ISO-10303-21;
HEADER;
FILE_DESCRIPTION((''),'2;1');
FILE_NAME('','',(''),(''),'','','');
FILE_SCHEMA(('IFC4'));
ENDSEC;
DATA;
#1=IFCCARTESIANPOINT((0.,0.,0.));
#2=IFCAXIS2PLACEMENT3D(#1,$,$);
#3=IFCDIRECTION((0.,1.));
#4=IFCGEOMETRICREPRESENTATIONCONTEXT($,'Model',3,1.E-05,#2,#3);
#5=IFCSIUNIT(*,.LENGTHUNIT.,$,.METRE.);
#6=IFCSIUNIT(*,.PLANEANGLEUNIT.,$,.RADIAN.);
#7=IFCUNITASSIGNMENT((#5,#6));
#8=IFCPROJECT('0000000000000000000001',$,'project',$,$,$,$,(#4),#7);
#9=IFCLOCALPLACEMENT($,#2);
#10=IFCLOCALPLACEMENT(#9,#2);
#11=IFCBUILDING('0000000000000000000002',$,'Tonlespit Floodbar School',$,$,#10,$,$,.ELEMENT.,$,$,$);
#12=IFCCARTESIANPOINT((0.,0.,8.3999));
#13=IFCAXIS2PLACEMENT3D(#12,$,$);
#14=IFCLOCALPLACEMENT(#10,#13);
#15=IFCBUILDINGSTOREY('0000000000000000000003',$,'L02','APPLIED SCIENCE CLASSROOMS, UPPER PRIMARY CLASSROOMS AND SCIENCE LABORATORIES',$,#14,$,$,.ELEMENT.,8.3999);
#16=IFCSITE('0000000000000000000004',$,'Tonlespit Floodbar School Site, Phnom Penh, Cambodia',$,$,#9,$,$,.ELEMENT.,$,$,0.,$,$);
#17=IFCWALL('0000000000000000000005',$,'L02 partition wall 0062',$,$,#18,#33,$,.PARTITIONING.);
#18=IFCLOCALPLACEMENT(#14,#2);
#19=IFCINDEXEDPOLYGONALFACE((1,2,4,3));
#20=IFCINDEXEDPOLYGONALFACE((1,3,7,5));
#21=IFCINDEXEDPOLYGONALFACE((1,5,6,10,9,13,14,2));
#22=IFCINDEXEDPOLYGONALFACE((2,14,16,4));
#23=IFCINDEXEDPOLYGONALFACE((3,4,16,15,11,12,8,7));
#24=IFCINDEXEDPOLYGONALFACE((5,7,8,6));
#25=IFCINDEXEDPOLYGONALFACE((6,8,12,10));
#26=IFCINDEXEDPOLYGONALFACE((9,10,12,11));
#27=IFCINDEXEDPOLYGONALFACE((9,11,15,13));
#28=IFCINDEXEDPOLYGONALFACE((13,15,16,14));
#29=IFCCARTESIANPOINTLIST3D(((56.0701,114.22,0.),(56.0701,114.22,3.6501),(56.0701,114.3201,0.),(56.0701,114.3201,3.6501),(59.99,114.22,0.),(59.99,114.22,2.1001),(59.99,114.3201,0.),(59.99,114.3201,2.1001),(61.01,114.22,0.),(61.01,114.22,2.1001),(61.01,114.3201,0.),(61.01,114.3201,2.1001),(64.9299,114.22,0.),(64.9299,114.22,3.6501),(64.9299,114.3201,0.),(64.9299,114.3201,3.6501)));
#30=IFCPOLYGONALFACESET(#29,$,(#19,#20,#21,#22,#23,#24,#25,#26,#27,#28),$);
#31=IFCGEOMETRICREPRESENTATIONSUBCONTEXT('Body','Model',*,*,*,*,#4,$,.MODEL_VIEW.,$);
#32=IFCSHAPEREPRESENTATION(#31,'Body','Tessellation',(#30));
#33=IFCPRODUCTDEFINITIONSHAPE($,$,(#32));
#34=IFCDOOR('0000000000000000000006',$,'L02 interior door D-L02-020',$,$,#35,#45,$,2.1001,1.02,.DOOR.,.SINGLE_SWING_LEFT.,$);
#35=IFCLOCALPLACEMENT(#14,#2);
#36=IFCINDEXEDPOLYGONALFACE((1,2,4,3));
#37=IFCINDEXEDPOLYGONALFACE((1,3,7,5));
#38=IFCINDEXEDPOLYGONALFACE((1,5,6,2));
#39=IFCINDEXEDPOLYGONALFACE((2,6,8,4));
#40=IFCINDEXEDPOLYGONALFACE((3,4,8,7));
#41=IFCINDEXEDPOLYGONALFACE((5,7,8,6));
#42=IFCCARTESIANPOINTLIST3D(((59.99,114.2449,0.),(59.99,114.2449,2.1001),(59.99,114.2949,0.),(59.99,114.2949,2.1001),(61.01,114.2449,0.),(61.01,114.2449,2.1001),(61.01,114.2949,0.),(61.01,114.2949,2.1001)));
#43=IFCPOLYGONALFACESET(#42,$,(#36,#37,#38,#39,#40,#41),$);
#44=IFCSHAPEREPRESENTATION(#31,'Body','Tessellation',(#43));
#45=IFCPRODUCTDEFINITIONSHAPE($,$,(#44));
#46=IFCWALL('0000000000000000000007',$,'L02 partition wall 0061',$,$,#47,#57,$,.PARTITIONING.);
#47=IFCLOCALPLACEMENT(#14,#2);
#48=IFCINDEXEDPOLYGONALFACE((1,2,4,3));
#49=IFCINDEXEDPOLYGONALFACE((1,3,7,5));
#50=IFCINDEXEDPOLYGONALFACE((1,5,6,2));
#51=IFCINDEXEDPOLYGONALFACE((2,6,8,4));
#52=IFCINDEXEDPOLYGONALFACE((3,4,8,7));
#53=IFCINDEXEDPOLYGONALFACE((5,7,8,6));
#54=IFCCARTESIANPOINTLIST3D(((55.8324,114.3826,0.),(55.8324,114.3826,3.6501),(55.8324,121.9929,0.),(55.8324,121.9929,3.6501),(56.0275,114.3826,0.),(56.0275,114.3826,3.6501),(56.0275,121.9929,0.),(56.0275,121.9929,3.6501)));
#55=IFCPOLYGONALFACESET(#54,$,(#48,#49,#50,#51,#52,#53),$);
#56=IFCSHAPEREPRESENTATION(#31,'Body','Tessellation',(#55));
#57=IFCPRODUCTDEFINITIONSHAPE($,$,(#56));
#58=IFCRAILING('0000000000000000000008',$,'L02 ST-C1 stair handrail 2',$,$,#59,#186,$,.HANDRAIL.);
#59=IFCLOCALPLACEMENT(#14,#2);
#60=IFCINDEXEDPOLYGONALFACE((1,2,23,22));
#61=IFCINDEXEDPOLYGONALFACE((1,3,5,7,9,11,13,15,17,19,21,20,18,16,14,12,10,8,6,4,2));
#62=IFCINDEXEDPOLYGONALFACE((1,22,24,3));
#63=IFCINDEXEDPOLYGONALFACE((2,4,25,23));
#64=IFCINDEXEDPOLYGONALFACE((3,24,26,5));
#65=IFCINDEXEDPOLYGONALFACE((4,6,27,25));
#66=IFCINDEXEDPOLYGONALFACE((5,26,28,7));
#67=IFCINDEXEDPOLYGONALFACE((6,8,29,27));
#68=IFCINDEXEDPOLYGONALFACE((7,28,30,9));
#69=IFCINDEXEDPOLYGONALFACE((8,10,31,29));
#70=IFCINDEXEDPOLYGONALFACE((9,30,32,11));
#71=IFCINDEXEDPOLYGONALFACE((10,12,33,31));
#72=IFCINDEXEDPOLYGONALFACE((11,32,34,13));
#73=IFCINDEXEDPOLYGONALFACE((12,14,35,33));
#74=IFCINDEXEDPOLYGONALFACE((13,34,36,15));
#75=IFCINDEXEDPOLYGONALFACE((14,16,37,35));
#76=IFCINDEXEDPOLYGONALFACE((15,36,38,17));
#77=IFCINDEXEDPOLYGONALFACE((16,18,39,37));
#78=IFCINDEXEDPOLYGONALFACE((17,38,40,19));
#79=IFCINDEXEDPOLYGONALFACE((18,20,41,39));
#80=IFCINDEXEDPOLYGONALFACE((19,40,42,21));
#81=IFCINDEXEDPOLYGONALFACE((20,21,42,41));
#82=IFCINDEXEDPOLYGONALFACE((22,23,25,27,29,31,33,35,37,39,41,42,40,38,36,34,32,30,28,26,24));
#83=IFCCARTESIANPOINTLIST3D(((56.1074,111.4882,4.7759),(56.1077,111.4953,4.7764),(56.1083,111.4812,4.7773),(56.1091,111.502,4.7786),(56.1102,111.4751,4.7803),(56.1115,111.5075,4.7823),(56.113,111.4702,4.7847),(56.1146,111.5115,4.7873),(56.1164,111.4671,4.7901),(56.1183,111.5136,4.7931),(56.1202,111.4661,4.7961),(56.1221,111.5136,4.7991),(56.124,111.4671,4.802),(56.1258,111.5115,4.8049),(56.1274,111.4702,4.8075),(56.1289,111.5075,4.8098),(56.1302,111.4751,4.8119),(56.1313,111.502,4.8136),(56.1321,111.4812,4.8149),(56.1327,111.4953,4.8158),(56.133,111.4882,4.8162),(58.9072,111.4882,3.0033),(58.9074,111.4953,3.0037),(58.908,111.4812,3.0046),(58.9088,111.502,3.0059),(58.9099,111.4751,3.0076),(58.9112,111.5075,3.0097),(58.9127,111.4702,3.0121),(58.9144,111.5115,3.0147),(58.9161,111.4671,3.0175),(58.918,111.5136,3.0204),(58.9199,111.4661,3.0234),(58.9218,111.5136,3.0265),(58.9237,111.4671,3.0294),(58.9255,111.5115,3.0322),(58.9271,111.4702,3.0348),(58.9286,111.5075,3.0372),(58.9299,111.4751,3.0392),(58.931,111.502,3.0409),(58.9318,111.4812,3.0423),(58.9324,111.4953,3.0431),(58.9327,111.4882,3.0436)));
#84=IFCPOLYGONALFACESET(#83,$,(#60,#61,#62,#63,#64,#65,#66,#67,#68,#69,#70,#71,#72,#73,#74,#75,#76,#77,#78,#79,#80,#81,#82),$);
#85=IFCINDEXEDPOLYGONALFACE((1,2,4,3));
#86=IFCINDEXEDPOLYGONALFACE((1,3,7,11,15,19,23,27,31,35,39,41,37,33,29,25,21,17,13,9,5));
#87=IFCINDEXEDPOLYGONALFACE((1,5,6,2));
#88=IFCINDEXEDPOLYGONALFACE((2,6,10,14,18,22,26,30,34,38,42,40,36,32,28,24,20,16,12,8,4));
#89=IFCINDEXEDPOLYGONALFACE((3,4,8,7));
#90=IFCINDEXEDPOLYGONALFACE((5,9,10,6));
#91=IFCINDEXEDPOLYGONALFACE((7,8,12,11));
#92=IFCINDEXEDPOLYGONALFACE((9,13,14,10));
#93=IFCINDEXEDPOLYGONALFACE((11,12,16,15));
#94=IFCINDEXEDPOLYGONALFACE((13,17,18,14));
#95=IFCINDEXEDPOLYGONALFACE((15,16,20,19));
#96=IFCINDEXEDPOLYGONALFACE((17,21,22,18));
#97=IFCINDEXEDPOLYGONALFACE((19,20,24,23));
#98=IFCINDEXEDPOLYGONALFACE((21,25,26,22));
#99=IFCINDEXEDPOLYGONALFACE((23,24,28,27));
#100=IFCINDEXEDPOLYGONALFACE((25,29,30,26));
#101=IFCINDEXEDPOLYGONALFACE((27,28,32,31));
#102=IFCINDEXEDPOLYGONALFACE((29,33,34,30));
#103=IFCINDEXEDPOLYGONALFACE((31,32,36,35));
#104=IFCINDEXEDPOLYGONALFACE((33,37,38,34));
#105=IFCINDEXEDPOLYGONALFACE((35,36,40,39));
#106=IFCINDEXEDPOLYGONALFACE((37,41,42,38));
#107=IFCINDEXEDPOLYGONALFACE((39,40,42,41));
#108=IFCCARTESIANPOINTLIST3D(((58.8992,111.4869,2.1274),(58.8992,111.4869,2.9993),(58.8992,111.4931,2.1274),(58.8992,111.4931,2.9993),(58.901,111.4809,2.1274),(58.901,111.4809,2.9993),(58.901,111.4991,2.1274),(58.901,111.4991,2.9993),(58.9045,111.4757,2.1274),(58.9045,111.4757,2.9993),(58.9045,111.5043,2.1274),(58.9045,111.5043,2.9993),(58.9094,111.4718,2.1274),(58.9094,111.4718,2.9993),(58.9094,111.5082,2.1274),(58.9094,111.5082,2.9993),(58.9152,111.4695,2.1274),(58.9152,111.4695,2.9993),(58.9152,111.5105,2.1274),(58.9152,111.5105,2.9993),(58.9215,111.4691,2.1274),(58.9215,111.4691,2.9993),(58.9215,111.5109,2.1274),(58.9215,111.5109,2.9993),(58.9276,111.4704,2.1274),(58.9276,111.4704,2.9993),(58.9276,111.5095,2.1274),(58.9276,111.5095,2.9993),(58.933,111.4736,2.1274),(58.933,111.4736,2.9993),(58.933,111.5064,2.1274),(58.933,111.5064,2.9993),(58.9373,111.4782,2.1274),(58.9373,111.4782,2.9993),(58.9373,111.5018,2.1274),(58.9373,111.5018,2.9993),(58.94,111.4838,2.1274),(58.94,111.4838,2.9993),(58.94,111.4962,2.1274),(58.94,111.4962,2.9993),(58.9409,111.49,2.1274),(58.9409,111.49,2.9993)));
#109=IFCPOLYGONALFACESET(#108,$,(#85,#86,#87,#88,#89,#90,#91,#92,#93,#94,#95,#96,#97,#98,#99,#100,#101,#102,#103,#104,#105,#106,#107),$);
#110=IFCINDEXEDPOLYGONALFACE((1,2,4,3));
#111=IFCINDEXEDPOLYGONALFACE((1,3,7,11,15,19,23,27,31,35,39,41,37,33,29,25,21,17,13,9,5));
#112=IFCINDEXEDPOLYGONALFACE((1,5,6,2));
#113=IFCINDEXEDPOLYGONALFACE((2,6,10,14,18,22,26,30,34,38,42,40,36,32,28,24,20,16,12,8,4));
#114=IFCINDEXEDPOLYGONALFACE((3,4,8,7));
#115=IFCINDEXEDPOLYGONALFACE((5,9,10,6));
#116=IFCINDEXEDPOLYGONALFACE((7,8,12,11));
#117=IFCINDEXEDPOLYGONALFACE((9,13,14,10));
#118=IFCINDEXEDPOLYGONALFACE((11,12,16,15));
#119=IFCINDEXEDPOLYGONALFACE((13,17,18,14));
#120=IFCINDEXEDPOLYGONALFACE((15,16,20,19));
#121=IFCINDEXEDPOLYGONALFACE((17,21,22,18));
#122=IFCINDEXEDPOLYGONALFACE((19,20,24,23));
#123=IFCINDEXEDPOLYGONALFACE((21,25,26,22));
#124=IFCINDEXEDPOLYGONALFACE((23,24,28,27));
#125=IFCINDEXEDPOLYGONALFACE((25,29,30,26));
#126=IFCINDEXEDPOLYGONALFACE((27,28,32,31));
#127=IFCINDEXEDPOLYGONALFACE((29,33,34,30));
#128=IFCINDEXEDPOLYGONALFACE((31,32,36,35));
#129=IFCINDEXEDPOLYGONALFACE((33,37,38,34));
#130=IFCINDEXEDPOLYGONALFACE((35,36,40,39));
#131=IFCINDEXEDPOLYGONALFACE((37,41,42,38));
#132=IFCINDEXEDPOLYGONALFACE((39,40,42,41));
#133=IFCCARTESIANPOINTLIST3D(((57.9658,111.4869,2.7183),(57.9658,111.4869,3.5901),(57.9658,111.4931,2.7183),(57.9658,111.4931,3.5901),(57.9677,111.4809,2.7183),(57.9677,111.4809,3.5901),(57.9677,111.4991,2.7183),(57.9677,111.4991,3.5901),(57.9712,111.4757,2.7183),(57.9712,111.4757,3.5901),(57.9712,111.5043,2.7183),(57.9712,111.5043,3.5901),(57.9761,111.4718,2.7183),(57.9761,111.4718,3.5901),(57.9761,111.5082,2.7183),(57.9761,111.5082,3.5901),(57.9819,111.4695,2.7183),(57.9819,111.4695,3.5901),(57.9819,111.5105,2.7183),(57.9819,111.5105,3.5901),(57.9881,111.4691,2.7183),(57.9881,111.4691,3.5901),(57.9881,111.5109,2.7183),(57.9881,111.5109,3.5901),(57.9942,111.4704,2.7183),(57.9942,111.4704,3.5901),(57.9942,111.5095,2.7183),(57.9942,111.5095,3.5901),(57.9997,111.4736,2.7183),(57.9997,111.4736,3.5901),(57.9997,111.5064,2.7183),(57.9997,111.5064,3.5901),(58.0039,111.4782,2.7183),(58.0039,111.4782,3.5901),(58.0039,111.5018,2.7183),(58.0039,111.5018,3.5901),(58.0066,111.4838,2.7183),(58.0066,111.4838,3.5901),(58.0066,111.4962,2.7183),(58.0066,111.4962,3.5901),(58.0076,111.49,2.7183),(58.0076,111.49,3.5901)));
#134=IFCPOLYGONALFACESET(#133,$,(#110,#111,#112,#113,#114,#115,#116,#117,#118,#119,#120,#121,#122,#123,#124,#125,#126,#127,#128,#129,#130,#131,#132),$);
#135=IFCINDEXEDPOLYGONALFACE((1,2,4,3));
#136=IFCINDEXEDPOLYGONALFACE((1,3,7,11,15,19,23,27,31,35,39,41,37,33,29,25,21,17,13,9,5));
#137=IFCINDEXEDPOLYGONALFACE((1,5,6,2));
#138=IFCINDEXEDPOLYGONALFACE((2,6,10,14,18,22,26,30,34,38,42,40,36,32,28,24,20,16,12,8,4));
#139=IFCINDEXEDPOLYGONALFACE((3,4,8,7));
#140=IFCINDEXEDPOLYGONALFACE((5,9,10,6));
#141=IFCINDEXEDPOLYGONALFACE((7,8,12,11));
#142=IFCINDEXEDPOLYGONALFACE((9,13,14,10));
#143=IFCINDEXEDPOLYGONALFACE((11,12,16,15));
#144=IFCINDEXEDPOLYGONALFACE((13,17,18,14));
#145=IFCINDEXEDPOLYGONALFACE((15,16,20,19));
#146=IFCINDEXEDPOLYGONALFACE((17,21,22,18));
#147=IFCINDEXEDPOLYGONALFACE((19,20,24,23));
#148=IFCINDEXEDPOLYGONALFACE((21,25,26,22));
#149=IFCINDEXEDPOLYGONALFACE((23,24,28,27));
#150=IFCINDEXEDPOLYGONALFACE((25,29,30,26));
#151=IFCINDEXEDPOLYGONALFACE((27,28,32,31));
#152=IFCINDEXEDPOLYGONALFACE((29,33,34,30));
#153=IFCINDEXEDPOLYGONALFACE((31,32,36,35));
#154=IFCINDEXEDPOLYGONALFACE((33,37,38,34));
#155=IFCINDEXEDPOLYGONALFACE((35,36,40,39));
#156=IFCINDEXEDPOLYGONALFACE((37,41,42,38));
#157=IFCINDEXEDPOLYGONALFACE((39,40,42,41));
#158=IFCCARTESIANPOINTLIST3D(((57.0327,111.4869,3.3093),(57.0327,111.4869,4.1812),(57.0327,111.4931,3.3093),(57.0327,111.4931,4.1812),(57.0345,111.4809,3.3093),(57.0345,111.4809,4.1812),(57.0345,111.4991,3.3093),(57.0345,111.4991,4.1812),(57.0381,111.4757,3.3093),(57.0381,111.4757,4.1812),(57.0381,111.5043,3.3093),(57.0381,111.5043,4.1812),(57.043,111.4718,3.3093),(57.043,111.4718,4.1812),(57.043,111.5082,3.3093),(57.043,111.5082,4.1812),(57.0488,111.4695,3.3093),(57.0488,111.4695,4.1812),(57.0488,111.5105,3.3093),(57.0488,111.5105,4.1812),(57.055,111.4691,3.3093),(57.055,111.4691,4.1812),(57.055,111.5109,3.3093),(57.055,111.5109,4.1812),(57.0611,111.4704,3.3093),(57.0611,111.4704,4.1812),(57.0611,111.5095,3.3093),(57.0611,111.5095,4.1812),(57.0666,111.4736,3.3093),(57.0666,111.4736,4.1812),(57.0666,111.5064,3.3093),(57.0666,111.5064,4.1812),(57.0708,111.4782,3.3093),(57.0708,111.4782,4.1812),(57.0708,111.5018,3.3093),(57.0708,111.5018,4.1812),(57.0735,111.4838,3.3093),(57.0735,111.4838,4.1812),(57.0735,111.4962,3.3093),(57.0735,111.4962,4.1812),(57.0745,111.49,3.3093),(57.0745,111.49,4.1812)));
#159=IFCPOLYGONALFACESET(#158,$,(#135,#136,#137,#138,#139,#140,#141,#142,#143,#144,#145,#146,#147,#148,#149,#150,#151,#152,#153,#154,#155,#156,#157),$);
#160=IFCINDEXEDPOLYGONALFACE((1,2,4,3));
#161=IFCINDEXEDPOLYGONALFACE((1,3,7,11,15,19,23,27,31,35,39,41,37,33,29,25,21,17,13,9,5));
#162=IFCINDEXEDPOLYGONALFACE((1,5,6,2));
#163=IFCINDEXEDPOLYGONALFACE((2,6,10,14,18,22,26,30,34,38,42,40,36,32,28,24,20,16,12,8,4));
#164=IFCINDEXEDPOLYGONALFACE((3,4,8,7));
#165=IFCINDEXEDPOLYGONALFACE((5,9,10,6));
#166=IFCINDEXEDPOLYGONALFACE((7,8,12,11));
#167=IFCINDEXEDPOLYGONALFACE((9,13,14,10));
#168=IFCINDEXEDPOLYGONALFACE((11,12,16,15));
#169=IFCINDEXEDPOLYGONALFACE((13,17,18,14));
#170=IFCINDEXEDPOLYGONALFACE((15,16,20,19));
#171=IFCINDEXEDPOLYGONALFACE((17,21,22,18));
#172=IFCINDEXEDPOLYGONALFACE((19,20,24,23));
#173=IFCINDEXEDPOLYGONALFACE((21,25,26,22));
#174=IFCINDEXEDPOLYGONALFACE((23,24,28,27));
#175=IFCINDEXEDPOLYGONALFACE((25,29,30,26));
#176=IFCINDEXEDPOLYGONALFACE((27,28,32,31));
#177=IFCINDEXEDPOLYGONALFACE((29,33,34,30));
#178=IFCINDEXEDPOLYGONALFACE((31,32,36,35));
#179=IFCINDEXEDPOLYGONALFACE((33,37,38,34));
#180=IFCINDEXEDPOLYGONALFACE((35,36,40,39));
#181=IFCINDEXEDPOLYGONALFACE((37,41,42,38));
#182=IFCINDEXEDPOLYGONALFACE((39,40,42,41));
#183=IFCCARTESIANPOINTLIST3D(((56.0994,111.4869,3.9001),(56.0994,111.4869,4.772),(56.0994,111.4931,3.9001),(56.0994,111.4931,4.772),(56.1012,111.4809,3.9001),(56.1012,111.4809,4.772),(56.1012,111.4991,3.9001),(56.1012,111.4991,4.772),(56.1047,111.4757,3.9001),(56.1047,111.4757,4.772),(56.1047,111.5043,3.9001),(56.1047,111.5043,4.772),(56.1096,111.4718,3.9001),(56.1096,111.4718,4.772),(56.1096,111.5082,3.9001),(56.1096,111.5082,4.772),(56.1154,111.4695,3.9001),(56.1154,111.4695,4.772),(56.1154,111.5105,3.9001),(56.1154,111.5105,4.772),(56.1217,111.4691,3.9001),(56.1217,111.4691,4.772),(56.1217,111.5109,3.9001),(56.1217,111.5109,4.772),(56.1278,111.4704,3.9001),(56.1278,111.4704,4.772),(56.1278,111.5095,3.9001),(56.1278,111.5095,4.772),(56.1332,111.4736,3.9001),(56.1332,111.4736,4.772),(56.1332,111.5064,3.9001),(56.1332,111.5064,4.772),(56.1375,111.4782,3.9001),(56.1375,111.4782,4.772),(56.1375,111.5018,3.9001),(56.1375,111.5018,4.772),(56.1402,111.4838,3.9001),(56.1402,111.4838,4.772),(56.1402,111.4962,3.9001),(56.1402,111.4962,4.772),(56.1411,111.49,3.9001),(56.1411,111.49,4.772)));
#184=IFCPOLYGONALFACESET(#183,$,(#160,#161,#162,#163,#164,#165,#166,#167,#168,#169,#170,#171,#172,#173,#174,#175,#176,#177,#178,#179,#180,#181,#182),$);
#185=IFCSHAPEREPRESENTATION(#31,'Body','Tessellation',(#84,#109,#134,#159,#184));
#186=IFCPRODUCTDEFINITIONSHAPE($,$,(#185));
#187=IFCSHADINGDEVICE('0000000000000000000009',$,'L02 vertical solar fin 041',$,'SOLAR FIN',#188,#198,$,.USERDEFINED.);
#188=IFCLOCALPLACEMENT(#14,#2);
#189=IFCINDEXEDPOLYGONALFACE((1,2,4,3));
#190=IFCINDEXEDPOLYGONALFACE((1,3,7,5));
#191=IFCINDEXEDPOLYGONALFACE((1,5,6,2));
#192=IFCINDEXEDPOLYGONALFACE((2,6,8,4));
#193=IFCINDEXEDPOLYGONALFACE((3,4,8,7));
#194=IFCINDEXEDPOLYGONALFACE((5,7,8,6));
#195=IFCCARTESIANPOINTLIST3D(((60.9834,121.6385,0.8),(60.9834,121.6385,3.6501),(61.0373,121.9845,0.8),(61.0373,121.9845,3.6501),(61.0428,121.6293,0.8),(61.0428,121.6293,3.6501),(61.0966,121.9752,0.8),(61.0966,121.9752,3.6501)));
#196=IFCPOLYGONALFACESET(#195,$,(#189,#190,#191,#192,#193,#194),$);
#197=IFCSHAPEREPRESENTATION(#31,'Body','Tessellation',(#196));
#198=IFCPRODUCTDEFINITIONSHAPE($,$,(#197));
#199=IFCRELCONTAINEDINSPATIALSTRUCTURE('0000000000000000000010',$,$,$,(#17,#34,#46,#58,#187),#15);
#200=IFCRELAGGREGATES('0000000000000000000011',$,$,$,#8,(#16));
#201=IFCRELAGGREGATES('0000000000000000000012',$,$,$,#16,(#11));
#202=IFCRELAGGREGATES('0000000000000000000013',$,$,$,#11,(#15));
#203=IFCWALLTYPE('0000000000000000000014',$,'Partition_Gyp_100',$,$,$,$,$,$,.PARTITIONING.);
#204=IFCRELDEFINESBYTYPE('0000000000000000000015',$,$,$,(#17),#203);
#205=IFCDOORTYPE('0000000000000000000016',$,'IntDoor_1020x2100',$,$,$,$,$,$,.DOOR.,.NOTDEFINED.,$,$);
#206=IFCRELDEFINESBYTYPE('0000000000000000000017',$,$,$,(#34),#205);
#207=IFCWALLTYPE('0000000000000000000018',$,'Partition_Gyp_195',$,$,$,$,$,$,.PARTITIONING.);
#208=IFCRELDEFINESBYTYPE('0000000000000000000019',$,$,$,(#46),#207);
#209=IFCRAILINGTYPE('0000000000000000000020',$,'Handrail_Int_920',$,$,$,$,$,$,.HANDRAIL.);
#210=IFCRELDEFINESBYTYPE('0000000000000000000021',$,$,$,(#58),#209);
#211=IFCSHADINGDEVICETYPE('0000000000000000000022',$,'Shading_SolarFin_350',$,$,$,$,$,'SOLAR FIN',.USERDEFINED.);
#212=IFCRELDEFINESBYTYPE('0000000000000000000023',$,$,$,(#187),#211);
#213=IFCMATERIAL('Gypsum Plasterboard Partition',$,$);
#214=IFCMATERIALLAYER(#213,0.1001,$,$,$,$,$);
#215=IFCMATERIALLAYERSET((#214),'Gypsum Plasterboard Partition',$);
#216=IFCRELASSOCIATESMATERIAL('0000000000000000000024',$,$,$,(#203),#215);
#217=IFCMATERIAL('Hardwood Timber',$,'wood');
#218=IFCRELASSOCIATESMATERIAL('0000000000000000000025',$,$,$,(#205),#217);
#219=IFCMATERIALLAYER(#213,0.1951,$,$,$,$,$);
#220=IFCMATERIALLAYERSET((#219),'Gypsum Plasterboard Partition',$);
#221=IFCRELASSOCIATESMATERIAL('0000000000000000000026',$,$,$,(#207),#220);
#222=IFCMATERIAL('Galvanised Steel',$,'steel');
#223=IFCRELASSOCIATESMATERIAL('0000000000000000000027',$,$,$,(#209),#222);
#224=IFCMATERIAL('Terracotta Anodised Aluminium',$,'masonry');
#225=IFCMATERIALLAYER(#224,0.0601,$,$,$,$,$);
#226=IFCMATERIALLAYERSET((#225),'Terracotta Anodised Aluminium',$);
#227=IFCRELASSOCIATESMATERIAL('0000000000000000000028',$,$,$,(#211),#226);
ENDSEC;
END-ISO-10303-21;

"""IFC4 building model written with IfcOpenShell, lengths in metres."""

from ifc_helpers import new_model, si_unit, direction, frame, frame_2d, origin, origin_2d, place, context, subcontext, project, spatial, rectangle, circle, extrude, material, layer, layer_set, type_object, element, fill, save


model = new_model("IFC4")

# Units and contexts
model_context = context("Model", 3, precision=1e-05, world=origin(), true_north=direction((0.0, 1.0)))
body_context = subcontext(model_context, "Body", "Model", "MODEL_VIEW")
ifc_project = project(units=[si_unit("LENGTHUNIT", "METRE"), si_unit("PLANEANGLEUNIT", "RADIAN")], contexts=[model_context])

# Site, building, storey
site_placement = place(None, origin())
site = spatial("IfcSite", under=ifc_project, at=site_placement, Name="Tonlespit Floodbar School Site, Phnom Penh, Cambodia", CompositionType="ELEMENT", RefElevation=0.0)
building_placement = place(site_placement, origin())
building = spatial("IfcBuilding", under=site, at=building_placement, Name="Tonlespit Floodbar School", CompositionType="ELEMENT")
storey_placement = place(building_placement, frame((0.0, 0.0, 8.3999)))
storey = spatial("IfcBuildingStorey", under=building, at=storey_placement, Name="L02", Description="APPLIED SCIENCE CLASSROOMS, UPPER PRIMARY CLASSROOMS AND SCIENCE LABORATORIES", CompositionType="ELEMENT", Elevation=8.3999)

# Wall, opening, door
ifc_material_1 = material(Name="Gypsum Plasterboard Partition")
ifc_layer_1 = layer(ifc_material_1, 0.1001)
ifc_layer_set_1 = layer_set([ifc_layer_1], Name="Gypsum Plasterboard Partition")
wall_type_1 = type_object("IfcWallType", Name="Partition_Gyp_100", PredefinedType="PARTITIONING", material=ifc_layer_set_1)
wall_1_placement = place(storey_placement, frame((56.0701, 114.27, 0.0), z_axis=(0.0, 0.0, 1.0), x_axis=(1.0, 0.0, 0.0)))
wall_1 = element("IfcWall", 1, at=wall_1_placement, inside=storey, type_object=wall_type_1, Name="L02 partition wall 0062", PredefinedType="PARTITIONING", context=body_context, shape_type="SweptSolid", body=[
    extrude(rectangle(XDim=8.8599, YDim=0.1001, at=frame_2d((4.4299, 0.0))), origin(), (0.0, 0.0, 1.0), 3.6501),
])
opening_placement = place(wall_1_placement, frame((3.9199, 0.0, 0.0)))
opening = element("IfcOpeningElement", 2, at=opening_placement, cuts=wall_1, PredefinedType="OPENING", context=body_context, shape_type="SweptSolid", body=[
    extrude(rectangle(XDim=1.02, YDim=2.1001, at=frame_2d((0.51, 1.05))), frame((0.0, 0.0601, 0.0), z_axis=(0.0, -1.0, 0.0), x_axis=(1.0, 0.0, 0.0)), (0.0, 0.0, 1.0), 0.1201),
])
ifc_material_2 = material(Name="Hardwood Timber", Category="wood")
door_type = type_object("IfcDoorType", Name="IntDoor_1020x2100", OperationType="NOTDEFINED", PredefinedType="DOOR", material=ifc_material_2)
door_placement = place(opening_placement, origin())
door = element("IfcDoor", 3, at=door_placement, inside=storey, type_object=door_type, Name="L02 interior door D-L02-020", OperationType="SINGLE_SWING_LEFT", OverallHeight=2.1001, OverallWidth=1.02, PredefinedType="DOOR", context=body_context, shape_type="SweptSolid", body=[
    extrude(rectangle(XDim=1.02, YDim=2.1001, at=frame_2d((0.51, 1.05))), frame((0.0, 0.0249, 0.0), z_axis=(0.0, -1.0, 0.0), x_axis=(1.0, 0.0, 0.0)), (0.0, 0.0, 1.0), 0.05),
])
fill(opening, door)

# Wall
ifc_layer_2 = layer(ifc_material_1, 0.1951)
ifc_layer_set_2 = layer_set([ifc_layer_2], Name="Gypsum Plasterboard Partition")
wall_type_2 = type_object("IfcWallType", Name="Partition_Gyp_195", PredefinedType="PARTITIONING", material=ifc_layer_set_2)
wall_2_placement = place(storey_placement, frame((55.9299, 114.3826, 0.0), z_axis=(0.0, 0.0, 1.0), x_axis=(0.0, 1.0, 0.0)))
element("IfcWall", 4, at=wall_2_placement, inside=storey, type_object=wall_type_2, Name="L02 partition wall 0061", PredefinedType="PARTITIONING", context=body_context, shape_type="SweptSolid", body=[
    extrude(rectangle(XDim=7.6104, YDim=0.1951, at=frame_2d((3.8052, 0.0))), origin(), (0.0, 0.0, 1.0), 3.6501),
])

# Railing
ifc_material_3 = material(Name="Galvanised Steel", Category="steel")
railing_type = type_object("IfcRailingType", Name="Handrail_Int_920", PredefinedType="HANDRAIL", material=ifc_material_3)
railing_placement = place(storey_placement, frame((58.9199, 111.49, 2.1274)))
element("IfcRailing", 5, at=railing_placement, inside=storey, type_object=railing_type, Name="L02 ST-C1 stair handrail 2", PredefinedType="HANDRAIL", context=body_context, shape_type="SweptSolid", body=[
    extrude(circle(Radius=0.0239, at=origin_2d()), frame((0.0, 0.0, 0.896), z_axis=(-0.844888, 0.0, 0.534943), x_axis=(0.0, -1.0, 0.0)), (0.0, 0.0, 1.0), 3.3137),
    extrude(circle(Radius=0.021, at=origin_2d()), origin(), (0.0, 0.0, 1.0), 0.8718),
    extrude(circle(Radius=0.021, at=origin_2d()), frame((-0.9333, 0.0, 0.5908)), (0.0, 0.0, 1.0), 0.8718),
    extrude(circle(Radius=0.021, at=origin_2d()), frame((-1.8665, 0.0, 1.1819)), (0.0, 0.0, 1.0), 0.8718),
    extrude(circle(Radius=0.021, at=origin_2d()), frame((-2.7998, 0.0, 1.7727)), (0.0, 0.0, 1.0), 0.8718),
])

# Shading device
ifc_material_4 = material(Name="Terracotta Anodised Aluminium", Category="masonry")
ifc_layer_3 = layer(ifc_material_4, 0.0601)
ifc_layer_set_3 = layer_set([ifc_layer_3], Name="Terracotta Anodised Aluminium")
shading_device_type = type_object("IfcShadingDeviceType", Name="Shading_SolarFin_350", ElementType="SOLAR FIN", PredefinedType="USERDEFINED", material=ifc_layer_set_3)
shading_device_placement = place(storey_placement, frame((61.04, 121.8069, 0.8), z_axis=(0.0, 0.0, 1.0), x_axis=(0.988095, -0.153846, 0.0)))
element("IfcShadingDevice", 6, at=shading_device_placement, inside=storey, type_object=shading_device_type, Name="L02 vertical solar fin 041", ObjectType="SOLAR FIN", PredefinedType="USERDEFINED", context=body_context, shape_type="SweptSolid", body=[
    extrude(rectangle(XDim=0.0601, YDim=0.3501, at=origin_2d()), origin(), (0.0, 0.0, 1.0), 2.8501),
])

save(model, "model.ifc")
